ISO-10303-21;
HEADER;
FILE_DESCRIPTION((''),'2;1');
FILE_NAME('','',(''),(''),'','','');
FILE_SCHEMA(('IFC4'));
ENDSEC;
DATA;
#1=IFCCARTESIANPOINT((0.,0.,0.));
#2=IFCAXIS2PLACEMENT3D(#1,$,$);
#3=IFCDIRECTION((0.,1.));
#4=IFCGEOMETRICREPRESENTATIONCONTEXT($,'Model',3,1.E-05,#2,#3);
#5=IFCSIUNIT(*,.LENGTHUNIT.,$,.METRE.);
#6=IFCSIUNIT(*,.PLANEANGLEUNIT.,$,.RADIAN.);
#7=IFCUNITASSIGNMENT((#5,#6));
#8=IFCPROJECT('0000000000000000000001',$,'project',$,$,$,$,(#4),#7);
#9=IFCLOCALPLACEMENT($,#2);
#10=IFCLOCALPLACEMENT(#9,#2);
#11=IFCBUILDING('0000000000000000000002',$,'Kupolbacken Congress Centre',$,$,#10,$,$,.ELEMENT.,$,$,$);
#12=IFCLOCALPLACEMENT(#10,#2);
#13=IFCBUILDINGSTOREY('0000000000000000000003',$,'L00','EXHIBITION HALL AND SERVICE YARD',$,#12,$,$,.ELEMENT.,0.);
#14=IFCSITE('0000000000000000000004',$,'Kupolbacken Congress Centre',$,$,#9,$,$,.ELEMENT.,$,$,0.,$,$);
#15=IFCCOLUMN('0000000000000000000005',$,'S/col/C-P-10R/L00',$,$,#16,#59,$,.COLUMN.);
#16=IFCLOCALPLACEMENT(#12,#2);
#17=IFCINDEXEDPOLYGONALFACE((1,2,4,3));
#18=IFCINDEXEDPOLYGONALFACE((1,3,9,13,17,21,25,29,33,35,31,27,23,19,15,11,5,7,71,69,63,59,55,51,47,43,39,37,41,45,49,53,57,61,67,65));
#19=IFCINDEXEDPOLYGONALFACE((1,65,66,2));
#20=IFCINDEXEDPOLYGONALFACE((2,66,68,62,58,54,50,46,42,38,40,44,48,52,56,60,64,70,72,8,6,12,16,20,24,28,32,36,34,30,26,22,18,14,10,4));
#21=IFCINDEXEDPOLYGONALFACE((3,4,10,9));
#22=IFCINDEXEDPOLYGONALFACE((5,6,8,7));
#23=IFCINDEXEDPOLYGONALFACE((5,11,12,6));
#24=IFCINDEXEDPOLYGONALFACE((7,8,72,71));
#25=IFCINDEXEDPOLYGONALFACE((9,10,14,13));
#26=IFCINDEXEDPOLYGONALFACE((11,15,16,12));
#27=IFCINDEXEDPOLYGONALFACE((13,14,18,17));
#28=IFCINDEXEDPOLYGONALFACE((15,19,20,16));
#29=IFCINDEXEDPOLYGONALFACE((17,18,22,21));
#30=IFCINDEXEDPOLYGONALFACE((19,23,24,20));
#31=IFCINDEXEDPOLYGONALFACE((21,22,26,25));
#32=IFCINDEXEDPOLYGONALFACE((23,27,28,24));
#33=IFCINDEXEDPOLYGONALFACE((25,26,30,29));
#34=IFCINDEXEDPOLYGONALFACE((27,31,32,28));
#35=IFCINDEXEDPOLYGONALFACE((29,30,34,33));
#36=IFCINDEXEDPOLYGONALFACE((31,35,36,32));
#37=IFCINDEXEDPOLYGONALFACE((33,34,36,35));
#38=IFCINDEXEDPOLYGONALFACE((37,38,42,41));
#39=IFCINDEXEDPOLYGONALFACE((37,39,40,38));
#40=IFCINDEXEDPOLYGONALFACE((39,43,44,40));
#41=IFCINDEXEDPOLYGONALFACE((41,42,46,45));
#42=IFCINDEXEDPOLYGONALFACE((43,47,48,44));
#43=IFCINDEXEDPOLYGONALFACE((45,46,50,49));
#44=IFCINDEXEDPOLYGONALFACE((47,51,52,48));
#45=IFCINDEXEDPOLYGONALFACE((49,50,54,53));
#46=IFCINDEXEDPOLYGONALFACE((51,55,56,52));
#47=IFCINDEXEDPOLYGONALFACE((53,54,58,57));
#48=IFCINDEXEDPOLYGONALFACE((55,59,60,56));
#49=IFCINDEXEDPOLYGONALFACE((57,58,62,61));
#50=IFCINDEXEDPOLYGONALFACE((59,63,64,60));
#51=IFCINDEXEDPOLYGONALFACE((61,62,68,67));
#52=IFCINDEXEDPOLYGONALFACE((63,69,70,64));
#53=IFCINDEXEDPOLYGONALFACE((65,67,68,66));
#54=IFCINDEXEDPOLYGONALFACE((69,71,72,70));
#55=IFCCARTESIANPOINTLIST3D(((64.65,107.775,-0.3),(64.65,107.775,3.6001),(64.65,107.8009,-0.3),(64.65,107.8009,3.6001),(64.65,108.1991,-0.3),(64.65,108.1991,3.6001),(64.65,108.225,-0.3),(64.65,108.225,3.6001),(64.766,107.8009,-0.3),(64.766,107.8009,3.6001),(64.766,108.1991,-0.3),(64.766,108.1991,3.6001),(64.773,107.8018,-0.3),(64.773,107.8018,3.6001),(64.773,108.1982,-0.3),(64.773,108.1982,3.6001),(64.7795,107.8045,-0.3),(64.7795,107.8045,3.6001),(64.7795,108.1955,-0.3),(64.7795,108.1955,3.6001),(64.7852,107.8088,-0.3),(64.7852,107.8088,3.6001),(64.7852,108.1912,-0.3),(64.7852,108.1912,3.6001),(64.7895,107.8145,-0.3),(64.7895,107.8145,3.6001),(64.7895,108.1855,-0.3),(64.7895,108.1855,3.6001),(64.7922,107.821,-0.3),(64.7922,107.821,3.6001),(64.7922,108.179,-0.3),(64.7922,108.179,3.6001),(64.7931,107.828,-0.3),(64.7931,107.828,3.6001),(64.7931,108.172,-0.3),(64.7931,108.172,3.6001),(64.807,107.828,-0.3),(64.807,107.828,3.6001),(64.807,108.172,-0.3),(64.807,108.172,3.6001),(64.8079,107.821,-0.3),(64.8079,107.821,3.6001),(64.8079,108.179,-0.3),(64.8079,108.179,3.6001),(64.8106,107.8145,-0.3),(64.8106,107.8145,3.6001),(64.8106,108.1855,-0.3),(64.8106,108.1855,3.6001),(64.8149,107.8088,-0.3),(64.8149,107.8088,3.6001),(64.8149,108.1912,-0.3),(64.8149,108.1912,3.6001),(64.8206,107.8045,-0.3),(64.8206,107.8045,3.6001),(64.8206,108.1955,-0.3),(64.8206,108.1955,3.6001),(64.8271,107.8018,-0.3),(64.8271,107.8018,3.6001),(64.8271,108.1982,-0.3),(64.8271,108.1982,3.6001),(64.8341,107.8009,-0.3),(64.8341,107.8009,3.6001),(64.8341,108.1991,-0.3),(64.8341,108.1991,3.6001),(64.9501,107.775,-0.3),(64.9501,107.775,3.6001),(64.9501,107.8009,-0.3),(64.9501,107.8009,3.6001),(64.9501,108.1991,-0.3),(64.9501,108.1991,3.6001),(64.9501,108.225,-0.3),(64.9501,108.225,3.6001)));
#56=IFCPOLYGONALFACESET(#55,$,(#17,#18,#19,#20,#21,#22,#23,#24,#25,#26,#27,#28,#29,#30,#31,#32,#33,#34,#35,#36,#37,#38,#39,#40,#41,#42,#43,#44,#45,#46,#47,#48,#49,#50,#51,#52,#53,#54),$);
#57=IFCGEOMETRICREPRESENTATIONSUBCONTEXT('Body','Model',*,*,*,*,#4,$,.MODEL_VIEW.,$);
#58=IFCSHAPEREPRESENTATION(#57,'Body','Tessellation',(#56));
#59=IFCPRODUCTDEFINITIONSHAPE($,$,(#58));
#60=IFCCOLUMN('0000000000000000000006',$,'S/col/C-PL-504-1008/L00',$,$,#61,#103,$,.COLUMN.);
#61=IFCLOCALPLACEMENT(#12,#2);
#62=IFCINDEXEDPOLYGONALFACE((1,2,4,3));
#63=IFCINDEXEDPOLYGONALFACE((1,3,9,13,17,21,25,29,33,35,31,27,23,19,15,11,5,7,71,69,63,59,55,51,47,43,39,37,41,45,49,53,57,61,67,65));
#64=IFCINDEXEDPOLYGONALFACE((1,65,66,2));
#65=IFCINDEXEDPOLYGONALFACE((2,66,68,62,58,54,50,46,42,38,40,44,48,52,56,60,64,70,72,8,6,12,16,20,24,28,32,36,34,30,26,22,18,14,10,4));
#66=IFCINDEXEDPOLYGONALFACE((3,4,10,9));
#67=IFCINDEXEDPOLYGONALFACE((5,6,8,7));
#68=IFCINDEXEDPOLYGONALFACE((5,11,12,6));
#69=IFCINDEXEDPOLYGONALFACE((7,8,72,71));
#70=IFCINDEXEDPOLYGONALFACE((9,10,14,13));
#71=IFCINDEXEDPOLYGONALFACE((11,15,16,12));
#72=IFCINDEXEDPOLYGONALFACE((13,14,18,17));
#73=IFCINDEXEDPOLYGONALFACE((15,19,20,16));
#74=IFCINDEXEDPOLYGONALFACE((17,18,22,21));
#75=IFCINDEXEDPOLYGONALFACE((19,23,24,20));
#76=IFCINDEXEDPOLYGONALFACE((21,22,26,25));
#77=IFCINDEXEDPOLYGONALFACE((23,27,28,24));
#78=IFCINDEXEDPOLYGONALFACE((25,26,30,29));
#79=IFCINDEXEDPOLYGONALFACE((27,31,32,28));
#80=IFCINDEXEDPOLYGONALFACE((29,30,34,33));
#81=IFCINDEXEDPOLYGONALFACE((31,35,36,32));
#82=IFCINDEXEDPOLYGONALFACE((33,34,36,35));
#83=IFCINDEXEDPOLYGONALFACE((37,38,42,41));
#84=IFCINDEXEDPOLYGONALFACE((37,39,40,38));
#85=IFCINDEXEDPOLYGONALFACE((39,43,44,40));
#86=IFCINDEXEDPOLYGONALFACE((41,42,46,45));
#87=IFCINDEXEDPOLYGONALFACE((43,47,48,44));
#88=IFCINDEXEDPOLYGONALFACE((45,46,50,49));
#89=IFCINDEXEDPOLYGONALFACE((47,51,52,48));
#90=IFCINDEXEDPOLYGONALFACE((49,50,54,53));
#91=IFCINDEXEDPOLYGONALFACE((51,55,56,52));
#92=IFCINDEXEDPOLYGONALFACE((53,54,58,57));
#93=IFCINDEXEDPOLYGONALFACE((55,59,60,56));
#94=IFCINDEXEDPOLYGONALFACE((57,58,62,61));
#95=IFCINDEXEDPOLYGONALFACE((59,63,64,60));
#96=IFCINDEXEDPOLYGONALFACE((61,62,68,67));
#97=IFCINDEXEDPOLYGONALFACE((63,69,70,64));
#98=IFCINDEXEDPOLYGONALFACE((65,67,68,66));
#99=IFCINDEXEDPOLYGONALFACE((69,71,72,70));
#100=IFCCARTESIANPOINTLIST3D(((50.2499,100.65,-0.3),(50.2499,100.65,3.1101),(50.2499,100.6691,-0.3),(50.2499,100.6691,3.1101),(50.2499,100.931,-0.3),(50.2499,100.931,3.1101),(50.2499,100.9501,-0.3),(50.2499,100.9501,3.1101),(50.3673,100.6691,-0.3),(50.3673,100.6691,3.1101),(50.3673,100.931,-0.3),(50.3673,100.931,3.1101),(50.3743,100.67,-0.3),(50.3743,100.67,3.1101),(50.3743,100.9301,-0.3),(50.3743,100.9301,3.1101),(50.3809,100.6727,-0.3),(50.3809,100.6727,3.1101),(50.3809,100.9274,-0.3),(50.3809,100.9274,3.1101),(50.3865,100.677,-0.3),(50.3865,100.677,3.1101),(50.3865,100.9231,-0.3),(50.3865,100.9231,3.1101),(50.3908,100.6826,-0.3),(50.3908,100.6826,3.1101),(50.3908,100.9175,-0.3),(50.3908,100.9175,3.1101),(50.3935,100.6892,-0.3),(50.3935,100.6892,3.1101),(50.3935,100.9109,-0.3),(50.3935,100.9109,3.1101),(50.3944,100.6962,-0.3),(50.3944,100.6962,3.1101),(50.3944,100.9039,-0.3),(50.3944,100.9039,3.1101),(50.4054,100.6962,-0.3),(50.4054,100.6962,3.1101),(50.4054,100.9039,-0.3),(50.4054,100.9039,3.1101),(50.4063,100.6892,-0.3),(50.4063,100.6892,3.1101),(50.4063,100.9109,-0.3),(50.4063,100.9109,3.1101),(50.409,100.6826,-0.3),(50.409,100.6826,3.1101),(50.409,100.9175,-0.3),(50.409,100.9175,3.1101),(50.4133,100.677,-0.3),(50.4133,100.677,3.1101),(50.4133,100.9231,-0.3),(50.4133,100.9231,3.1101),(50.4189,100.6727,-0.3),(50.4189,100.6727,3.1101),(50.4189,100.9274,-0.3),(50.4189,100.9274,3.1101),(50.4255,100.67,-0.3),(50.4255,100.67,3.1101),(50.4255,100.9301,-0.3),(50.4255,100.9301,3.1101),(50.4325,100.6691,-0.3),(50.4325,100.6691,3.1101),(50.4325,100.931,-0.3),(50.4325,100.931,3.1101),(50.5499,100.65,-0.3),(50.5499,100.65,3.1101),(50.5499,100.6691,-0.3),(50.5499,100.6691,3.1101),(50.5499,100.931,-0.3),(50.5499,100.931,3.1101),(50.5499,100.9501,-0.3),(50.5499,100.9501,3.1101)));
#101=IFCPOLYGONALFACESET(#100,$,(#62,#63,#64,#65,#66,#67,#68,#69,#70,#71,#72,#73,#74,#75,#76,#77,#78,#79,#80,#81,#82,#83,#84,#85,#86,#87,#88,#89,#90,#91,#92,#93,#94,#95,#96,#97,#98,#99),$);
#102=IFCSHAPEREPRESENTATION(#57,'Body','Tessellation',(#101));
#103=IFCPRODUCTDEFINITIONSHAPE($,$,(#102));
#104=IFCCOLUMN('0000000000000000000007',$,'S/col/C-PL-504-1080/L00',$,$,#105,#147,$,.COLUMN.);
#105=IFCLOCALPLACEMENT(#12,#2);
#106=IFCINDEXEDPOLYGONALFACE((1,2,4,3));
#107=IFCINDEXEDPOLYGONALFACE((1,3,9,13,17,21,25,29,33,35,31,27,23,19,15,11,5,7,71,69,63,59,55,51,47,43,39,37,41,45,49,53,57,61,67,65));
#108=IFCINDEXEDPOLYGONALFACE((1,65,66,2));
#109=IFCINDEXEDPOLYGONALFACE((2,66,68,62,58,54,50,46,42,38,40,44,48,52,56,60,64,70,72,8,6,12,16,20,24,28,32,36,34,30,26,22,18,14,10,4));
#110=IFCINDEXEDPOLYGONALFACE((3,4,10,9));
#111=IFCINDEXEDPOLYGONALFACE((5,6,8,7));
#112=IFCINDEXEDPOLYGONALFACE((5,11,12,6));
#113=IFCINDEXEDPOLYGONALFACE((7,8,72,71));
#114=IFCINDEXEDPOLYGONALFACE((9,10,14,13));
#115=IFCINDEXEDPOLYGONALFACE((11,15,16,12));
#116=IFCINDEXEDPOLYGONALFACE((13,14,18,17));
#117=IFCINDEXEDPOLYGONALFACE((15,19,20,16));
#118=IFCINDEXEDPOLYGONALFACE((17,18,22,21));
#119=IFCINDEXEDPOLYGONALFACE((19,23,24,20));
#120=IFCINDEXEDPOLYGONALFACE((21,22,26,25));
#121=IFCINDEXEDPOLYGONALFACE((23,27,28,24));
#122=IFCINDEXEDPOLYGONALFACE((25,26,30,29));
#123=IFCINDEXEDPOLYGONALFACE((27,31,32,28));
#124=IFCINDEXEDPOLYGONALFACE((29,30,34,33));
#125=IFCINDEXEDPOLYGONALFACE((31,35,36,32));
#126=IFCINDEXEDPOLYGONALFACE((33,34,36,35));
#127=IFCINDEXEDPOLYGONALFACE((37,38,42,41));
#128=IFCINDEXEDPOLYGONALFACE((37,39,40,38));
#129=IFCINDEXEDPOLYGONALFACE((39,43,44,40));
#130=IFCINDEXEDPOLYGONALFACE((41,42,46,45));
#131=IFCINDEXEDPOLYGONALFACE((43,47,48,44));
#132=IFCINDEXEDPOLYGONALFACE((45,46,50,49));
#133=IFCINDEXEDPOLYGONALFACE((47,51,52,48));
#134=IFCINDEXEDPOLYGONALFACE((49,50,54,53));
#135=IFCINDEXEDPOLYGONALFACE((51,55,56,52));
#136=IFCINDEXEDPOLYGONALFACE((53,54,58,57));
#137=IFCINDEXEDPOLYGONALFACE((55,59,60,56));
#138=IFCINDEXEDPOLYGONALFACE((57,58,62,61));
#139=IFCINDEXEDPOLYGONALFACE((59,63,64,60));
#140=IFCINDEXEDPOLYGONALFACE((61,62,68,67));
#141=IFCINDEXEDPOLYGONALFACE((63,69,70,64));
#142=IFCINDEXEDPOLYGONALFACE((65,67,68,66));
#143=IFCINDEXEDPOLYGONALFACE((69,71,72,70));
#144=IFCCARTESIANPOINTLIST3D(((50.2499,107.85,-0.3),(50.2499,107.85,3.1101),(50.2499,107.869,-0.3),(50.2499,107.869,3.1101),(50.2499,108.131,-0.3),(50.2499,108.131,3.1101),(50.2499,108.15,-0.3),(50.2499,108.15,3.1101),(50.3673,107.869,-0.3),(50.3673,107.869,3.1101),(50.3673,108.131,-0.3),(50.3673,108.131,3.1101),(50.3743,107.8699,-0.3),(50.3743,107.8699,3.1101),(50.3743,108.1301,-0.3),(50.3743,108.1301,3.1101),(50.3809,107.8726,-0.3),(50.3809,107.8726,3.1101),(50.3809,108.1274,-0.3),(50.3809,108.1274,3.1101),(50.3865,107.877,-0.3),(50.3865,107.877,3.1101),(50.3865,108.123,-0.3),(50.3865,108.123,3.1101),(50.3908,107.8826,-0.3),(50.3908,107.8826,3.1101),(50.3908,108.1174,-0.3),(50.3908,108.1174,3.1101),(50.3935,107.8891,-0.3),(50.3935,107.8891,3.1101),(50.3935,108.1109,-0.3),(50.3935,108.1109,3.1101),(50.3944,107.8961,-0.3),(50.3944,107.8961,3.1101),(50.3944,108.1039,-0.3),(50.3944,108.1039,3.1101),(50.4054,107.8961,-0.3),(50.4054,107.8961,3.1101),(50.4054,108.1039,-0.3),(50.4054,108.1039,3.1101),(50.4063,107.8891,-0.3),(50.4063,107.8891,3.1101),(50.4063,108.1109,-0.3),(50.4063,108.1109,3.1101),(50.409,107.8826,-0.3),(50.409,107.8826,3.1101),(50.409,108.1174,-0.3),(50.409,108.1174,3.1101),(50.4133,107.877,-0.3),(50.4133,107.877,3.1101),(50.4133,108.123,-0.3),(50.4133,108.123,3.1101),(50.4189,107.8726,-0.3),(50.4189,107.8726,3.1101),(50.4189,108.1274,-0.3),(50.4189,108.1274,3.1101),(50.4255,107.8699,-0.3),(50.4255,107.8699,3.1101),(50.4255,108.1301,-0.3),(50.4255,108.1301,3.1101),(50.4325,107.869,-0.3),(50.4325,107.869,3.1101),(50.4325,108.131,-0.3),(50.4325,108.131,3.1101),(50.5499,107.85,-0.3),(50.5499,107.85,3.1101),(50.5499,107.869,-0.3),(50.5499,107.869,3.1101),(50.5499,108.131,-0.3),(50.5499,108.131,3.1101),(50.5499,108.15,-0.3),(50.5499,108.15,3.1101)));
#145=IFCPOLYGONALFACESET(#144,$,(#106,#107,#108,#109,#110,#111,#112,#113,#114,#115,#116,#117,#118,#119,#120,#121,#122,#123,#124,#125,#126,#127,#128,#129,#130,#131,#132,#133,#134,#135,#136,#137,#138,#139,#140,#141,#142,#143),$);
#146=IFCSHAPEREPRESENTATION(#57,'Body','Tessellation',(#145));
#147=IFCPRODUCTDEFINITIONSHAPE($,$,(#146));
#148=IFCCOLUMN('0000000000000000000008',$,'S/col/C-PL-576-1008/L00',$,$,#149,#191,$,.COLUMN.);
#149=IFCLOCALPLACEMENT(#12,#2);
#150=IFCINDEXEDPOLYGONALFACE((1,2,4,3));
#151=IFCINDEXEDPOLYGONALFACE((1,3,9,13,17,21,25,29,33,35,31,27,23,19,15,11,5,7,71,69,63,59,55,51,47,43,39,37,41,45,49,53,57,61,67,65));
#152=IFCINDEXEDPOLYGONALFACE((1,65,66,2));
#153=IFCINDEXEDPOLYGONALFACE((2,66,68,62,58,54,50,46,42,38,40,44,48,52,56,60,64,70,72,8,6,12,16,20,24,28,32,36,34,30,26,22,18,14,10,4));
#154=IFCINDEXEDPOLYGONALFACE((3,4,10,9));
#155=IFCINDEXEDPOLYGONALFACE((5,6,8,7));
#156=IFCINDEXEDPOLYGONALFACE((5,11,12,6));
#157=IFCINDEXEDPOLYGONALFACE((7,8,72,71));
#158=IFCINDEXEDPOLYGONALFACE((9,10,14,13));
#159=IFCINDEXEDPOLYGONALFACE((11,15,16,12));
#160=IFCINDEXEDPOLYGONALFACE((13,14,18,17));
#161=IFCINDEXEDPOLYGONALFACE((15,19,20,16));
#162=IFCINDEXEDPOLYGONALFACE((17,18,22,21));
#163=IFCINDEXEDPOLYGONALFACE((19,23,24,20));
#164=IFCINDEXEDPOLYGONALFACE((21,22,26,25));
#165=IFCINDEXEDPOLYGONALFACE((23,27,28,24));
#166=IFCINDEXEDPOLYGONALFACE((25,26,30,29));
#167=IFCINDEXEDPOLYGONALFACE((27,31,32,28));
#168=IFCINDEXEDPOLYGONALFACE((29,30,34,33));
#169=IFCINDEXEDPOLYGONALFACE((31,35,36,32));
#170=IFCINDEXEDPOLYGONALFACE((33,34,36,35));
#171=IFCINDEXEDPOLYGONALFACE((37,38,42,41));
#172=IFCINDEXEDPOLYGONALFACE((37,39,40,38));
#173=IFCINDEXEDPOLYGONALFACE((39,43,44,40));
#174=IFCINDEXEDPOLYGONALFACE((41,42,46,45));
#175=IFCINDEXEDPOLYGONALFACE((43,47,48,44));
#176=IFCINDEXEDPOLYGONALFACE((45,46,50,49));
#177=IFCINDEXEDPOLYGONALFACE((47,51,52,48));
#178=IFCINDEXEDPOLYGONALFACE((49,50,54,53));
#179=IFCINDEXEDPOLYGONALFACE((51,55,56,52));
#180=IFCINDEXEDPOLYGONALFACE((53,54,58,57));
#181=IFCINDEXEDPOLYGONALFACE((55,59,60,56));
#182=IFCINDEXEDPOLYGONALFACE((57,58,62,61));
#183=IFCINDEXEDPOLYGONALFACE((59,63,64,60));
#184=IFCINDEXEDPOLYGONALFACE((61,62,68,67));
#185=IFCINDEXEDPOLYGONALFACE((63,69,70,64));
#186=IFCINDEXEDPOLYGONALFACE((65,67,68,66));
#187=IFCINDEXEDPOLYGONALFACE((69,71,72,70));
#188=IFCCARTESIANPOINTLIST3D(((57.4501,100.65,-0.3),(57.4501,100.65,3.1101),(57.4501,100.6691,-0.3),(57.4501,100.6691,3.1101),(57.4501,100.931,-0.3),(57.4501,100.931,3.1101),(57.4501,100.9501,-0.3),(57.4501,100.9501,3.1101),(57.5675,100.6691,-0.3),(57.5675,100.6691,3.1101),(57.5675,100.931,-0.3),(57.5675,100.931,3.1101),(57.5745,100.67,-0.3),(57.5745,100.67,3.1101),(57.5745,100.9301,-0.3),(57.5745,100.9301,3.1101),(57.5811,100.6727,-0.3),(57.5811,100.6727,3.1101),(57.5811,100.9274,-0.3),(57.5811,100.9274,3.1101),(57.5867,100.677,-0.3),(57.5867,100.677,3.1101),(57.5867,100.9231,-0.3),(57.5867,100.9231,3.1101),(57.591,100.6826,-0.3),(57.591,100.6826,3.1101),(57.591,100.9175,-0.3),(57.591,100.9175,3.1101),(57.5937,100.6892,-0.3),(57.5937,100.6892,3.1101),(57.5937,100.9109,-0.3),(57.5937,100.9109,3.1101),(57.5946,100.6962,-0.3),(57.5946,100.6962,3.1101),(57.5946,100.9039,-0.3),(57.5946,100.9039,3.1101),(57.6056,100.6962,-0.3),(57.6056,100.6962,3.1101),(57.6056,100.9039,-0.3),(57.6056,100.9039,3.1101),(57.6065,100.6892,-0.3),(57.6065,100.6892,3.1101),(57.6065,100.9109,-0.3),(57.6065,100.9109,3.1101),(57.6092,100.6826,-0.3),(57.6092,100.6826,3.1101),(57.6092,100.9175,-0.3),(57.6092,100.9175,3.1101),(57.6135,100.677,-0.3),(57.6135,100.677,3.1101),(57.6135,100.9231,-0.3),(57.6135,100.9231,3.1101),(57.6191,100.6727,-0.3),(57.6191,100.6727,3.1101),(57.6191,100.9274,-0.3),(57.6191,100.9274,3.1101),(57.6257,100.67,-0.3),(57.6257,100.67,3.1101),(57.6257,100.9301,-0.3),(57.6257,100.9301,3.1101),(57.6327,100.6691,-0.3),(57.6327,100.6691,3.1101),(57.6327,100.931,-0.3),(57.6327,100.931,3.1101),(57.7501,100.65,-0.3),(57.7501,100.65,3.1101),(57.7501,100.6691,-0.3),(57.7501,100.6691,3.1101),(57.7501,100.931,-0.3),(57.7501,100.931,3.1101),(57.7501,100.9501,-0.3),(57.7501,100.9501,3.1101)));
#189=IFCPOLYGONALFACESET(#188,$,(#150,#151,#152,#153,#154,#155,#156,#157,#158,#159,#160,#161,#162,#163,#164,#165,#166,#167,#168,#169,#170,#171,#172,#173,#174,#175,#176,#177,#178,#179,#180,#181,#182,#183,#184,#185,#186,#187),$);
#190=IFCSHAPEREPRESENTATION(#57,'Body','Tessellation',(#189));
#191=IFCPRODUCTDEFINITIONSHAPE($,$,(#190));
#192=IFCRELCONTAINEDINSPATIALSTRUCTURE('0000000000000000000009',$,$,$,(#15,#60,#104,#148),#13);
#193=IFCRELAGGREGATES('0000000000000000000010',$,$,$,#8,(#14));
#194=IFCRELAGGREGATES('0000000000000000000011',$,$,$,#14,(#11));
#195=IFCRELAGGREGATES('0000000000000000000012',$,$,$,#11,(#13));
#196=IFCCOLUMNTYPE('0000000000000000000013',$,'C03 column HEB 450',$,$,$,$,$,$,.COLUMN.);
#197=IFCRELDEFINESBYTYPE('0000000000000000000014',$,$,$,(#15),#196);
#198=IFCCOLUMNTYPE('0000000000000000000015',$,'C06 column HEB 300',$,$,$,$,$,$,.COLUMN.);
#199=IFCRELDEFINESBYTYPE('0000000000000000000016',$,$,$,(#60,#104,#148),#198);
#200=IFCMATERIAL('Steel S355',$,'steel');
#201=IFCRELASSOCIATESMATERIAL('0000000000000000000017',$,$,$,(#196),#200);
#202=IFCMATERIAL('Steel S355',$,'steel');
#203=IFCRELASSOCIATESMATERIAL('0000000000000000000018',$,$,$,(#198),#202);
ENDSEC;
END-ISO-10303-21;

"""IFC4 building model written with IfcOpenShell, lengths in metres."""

from ifc_helpers import new_model, si_unit, direction, frame, origin, origin_2d, place, context, subcontext, project, spatial, i_section, extrude, material, material_profile, profile_set, type_object, element, save


model = new_model("IFC4")

# Units and contexts
model_context = context("Model", 3, precision=1e-05, world=origin(), true_north=direction((0.0, 1.0)))
body_context = subcontext(model_context, "Body", "Model", "MODEL_VIEW")
ifc_project = project(units=[si_unit("LENGTHUNIT", "METRE"), si_unit("PLANEANGLEUNIT", "RADIAN")], contexts=[model_context])

# Site, building, storey
site_placement = place(None, origin())
site = spatial("IfcSite", under=ifc_project, at=site_placement, Name="Kupolbacken Congress Centre", CompositionType="ELEMENT", RefElevation=0.0)
building_placement = place(site_placement, origin())
building = spatial("IfcBuilding", under=site, at=building_placement, Name="Kupolbacken Congress Centre", CompositionType="ELEMENT")
storey_placement = place(building_placement, origin())
storey = spatial("IfcBuildingStorey", under=building, at=storey_placement, Name="L00", Description="EXHIBITION HALL AND SERVICE YARD", CompositionType="ELEMENT", Elevation=0.0)

# Columns
ifc_material_1 = material(Name="Steel S355", Category="steel")
ifc_material_profile_1 = material_profile(ifc_material_1, i_section(OverallWidth=0.3, OverallDepth=0.45, WebThickness=0.0139, FlangeThickness=0.0259, FilletRadius=0.0271, at=origin_2d()), Name="HEB 450")
ifc_profile_set_1 = profile_set([ifc_material_profile_1], Name="Steel S355")
column_type_1 = type_object("IfcColumnType", Name="C03 column HEB 450", PredefinedType="COLUMN", material=ifc_profile_set_1)
column_placement = place(storey_placement, frame((64.8, 108.0, -0.3), z_axis=(0.0, 0.0, 1.0), x_axis=(1.0, 0.0, 0.0)))
element("IfcColumn", 1, at=column_placement, inside=storey, type_object=column_type_1, Name="S/col/C-P-10R/L00", PredefinedType="COLUMN", context=body_context, shape_type="SweptSolid", body=[
    extrude(i_section(OverallWidth=0.3, OverallDepth=0.45, WebThickness=0.0139, FlangeThickness=0.0259, FilletRadius=0.0271, at=origin_2d()), origin(), (0.0, 0.0, 1.0), 3.9001),
])
ifc_material_2 = material(Name="Steel S355", Category="steel")
ifc_material_profile_2 = material_profile(ifc_material_2, i_section(OverallWidth=0.3, OverallDepth=0.3, WebThickness=0.011, FlangeThickness=0.019, FilletRadius=0.0271, at=origin_2d()), Name="HEB 300")
ifc_profile_set_2 = profile_set([ifc_material_profile_2], Name="Steel S355")
column_type_2 = type_object("IfcColumnType", Name="C06 column HEB 300", PredefinedType="COLUMN", material=ifc_profile_set_2)
for number, where, z_axis, x_axis, name in (
    (2, (50.3999, 100.8, -0.3), (0.0, 0.0, 1.0), (1.0, 0.0, 0.0), "S/col/C-PL-504-1008/L00"),
    (3, (50.3999, 108.0, -0.3), (0.0, 0.0, 1.0), (1.0, 0.0, 0.0), "S/col/C-PL-504-1080/L00"),
    (4, (57.6001, 100.8, -0.3), (0.0, 0.0, 1.0), (1.0, 0.0, 0.0), "S/col/C-PL-576-1008/L00"),
):
    element("IfcColumn", number, at=place(storey_placement, frame(where, z_axis=z_axis, x_axis=x_axis)), inside=storey, type_object=column_type_2, Name=name, PredefinedType="COLUMN", context=body_context, shape_type="SweptSolid", body=[
        extrude(i_section(OverallWidth=0.3, OverallDepth=0.3, WebThickness=0.011, FlangeThickness=0.019, FilletRadius=0.0271, at=origin_2d()), origin(), (0.0, 0.0, 1.0), 3.4102),
    ])

save(model, "model.ifc")
